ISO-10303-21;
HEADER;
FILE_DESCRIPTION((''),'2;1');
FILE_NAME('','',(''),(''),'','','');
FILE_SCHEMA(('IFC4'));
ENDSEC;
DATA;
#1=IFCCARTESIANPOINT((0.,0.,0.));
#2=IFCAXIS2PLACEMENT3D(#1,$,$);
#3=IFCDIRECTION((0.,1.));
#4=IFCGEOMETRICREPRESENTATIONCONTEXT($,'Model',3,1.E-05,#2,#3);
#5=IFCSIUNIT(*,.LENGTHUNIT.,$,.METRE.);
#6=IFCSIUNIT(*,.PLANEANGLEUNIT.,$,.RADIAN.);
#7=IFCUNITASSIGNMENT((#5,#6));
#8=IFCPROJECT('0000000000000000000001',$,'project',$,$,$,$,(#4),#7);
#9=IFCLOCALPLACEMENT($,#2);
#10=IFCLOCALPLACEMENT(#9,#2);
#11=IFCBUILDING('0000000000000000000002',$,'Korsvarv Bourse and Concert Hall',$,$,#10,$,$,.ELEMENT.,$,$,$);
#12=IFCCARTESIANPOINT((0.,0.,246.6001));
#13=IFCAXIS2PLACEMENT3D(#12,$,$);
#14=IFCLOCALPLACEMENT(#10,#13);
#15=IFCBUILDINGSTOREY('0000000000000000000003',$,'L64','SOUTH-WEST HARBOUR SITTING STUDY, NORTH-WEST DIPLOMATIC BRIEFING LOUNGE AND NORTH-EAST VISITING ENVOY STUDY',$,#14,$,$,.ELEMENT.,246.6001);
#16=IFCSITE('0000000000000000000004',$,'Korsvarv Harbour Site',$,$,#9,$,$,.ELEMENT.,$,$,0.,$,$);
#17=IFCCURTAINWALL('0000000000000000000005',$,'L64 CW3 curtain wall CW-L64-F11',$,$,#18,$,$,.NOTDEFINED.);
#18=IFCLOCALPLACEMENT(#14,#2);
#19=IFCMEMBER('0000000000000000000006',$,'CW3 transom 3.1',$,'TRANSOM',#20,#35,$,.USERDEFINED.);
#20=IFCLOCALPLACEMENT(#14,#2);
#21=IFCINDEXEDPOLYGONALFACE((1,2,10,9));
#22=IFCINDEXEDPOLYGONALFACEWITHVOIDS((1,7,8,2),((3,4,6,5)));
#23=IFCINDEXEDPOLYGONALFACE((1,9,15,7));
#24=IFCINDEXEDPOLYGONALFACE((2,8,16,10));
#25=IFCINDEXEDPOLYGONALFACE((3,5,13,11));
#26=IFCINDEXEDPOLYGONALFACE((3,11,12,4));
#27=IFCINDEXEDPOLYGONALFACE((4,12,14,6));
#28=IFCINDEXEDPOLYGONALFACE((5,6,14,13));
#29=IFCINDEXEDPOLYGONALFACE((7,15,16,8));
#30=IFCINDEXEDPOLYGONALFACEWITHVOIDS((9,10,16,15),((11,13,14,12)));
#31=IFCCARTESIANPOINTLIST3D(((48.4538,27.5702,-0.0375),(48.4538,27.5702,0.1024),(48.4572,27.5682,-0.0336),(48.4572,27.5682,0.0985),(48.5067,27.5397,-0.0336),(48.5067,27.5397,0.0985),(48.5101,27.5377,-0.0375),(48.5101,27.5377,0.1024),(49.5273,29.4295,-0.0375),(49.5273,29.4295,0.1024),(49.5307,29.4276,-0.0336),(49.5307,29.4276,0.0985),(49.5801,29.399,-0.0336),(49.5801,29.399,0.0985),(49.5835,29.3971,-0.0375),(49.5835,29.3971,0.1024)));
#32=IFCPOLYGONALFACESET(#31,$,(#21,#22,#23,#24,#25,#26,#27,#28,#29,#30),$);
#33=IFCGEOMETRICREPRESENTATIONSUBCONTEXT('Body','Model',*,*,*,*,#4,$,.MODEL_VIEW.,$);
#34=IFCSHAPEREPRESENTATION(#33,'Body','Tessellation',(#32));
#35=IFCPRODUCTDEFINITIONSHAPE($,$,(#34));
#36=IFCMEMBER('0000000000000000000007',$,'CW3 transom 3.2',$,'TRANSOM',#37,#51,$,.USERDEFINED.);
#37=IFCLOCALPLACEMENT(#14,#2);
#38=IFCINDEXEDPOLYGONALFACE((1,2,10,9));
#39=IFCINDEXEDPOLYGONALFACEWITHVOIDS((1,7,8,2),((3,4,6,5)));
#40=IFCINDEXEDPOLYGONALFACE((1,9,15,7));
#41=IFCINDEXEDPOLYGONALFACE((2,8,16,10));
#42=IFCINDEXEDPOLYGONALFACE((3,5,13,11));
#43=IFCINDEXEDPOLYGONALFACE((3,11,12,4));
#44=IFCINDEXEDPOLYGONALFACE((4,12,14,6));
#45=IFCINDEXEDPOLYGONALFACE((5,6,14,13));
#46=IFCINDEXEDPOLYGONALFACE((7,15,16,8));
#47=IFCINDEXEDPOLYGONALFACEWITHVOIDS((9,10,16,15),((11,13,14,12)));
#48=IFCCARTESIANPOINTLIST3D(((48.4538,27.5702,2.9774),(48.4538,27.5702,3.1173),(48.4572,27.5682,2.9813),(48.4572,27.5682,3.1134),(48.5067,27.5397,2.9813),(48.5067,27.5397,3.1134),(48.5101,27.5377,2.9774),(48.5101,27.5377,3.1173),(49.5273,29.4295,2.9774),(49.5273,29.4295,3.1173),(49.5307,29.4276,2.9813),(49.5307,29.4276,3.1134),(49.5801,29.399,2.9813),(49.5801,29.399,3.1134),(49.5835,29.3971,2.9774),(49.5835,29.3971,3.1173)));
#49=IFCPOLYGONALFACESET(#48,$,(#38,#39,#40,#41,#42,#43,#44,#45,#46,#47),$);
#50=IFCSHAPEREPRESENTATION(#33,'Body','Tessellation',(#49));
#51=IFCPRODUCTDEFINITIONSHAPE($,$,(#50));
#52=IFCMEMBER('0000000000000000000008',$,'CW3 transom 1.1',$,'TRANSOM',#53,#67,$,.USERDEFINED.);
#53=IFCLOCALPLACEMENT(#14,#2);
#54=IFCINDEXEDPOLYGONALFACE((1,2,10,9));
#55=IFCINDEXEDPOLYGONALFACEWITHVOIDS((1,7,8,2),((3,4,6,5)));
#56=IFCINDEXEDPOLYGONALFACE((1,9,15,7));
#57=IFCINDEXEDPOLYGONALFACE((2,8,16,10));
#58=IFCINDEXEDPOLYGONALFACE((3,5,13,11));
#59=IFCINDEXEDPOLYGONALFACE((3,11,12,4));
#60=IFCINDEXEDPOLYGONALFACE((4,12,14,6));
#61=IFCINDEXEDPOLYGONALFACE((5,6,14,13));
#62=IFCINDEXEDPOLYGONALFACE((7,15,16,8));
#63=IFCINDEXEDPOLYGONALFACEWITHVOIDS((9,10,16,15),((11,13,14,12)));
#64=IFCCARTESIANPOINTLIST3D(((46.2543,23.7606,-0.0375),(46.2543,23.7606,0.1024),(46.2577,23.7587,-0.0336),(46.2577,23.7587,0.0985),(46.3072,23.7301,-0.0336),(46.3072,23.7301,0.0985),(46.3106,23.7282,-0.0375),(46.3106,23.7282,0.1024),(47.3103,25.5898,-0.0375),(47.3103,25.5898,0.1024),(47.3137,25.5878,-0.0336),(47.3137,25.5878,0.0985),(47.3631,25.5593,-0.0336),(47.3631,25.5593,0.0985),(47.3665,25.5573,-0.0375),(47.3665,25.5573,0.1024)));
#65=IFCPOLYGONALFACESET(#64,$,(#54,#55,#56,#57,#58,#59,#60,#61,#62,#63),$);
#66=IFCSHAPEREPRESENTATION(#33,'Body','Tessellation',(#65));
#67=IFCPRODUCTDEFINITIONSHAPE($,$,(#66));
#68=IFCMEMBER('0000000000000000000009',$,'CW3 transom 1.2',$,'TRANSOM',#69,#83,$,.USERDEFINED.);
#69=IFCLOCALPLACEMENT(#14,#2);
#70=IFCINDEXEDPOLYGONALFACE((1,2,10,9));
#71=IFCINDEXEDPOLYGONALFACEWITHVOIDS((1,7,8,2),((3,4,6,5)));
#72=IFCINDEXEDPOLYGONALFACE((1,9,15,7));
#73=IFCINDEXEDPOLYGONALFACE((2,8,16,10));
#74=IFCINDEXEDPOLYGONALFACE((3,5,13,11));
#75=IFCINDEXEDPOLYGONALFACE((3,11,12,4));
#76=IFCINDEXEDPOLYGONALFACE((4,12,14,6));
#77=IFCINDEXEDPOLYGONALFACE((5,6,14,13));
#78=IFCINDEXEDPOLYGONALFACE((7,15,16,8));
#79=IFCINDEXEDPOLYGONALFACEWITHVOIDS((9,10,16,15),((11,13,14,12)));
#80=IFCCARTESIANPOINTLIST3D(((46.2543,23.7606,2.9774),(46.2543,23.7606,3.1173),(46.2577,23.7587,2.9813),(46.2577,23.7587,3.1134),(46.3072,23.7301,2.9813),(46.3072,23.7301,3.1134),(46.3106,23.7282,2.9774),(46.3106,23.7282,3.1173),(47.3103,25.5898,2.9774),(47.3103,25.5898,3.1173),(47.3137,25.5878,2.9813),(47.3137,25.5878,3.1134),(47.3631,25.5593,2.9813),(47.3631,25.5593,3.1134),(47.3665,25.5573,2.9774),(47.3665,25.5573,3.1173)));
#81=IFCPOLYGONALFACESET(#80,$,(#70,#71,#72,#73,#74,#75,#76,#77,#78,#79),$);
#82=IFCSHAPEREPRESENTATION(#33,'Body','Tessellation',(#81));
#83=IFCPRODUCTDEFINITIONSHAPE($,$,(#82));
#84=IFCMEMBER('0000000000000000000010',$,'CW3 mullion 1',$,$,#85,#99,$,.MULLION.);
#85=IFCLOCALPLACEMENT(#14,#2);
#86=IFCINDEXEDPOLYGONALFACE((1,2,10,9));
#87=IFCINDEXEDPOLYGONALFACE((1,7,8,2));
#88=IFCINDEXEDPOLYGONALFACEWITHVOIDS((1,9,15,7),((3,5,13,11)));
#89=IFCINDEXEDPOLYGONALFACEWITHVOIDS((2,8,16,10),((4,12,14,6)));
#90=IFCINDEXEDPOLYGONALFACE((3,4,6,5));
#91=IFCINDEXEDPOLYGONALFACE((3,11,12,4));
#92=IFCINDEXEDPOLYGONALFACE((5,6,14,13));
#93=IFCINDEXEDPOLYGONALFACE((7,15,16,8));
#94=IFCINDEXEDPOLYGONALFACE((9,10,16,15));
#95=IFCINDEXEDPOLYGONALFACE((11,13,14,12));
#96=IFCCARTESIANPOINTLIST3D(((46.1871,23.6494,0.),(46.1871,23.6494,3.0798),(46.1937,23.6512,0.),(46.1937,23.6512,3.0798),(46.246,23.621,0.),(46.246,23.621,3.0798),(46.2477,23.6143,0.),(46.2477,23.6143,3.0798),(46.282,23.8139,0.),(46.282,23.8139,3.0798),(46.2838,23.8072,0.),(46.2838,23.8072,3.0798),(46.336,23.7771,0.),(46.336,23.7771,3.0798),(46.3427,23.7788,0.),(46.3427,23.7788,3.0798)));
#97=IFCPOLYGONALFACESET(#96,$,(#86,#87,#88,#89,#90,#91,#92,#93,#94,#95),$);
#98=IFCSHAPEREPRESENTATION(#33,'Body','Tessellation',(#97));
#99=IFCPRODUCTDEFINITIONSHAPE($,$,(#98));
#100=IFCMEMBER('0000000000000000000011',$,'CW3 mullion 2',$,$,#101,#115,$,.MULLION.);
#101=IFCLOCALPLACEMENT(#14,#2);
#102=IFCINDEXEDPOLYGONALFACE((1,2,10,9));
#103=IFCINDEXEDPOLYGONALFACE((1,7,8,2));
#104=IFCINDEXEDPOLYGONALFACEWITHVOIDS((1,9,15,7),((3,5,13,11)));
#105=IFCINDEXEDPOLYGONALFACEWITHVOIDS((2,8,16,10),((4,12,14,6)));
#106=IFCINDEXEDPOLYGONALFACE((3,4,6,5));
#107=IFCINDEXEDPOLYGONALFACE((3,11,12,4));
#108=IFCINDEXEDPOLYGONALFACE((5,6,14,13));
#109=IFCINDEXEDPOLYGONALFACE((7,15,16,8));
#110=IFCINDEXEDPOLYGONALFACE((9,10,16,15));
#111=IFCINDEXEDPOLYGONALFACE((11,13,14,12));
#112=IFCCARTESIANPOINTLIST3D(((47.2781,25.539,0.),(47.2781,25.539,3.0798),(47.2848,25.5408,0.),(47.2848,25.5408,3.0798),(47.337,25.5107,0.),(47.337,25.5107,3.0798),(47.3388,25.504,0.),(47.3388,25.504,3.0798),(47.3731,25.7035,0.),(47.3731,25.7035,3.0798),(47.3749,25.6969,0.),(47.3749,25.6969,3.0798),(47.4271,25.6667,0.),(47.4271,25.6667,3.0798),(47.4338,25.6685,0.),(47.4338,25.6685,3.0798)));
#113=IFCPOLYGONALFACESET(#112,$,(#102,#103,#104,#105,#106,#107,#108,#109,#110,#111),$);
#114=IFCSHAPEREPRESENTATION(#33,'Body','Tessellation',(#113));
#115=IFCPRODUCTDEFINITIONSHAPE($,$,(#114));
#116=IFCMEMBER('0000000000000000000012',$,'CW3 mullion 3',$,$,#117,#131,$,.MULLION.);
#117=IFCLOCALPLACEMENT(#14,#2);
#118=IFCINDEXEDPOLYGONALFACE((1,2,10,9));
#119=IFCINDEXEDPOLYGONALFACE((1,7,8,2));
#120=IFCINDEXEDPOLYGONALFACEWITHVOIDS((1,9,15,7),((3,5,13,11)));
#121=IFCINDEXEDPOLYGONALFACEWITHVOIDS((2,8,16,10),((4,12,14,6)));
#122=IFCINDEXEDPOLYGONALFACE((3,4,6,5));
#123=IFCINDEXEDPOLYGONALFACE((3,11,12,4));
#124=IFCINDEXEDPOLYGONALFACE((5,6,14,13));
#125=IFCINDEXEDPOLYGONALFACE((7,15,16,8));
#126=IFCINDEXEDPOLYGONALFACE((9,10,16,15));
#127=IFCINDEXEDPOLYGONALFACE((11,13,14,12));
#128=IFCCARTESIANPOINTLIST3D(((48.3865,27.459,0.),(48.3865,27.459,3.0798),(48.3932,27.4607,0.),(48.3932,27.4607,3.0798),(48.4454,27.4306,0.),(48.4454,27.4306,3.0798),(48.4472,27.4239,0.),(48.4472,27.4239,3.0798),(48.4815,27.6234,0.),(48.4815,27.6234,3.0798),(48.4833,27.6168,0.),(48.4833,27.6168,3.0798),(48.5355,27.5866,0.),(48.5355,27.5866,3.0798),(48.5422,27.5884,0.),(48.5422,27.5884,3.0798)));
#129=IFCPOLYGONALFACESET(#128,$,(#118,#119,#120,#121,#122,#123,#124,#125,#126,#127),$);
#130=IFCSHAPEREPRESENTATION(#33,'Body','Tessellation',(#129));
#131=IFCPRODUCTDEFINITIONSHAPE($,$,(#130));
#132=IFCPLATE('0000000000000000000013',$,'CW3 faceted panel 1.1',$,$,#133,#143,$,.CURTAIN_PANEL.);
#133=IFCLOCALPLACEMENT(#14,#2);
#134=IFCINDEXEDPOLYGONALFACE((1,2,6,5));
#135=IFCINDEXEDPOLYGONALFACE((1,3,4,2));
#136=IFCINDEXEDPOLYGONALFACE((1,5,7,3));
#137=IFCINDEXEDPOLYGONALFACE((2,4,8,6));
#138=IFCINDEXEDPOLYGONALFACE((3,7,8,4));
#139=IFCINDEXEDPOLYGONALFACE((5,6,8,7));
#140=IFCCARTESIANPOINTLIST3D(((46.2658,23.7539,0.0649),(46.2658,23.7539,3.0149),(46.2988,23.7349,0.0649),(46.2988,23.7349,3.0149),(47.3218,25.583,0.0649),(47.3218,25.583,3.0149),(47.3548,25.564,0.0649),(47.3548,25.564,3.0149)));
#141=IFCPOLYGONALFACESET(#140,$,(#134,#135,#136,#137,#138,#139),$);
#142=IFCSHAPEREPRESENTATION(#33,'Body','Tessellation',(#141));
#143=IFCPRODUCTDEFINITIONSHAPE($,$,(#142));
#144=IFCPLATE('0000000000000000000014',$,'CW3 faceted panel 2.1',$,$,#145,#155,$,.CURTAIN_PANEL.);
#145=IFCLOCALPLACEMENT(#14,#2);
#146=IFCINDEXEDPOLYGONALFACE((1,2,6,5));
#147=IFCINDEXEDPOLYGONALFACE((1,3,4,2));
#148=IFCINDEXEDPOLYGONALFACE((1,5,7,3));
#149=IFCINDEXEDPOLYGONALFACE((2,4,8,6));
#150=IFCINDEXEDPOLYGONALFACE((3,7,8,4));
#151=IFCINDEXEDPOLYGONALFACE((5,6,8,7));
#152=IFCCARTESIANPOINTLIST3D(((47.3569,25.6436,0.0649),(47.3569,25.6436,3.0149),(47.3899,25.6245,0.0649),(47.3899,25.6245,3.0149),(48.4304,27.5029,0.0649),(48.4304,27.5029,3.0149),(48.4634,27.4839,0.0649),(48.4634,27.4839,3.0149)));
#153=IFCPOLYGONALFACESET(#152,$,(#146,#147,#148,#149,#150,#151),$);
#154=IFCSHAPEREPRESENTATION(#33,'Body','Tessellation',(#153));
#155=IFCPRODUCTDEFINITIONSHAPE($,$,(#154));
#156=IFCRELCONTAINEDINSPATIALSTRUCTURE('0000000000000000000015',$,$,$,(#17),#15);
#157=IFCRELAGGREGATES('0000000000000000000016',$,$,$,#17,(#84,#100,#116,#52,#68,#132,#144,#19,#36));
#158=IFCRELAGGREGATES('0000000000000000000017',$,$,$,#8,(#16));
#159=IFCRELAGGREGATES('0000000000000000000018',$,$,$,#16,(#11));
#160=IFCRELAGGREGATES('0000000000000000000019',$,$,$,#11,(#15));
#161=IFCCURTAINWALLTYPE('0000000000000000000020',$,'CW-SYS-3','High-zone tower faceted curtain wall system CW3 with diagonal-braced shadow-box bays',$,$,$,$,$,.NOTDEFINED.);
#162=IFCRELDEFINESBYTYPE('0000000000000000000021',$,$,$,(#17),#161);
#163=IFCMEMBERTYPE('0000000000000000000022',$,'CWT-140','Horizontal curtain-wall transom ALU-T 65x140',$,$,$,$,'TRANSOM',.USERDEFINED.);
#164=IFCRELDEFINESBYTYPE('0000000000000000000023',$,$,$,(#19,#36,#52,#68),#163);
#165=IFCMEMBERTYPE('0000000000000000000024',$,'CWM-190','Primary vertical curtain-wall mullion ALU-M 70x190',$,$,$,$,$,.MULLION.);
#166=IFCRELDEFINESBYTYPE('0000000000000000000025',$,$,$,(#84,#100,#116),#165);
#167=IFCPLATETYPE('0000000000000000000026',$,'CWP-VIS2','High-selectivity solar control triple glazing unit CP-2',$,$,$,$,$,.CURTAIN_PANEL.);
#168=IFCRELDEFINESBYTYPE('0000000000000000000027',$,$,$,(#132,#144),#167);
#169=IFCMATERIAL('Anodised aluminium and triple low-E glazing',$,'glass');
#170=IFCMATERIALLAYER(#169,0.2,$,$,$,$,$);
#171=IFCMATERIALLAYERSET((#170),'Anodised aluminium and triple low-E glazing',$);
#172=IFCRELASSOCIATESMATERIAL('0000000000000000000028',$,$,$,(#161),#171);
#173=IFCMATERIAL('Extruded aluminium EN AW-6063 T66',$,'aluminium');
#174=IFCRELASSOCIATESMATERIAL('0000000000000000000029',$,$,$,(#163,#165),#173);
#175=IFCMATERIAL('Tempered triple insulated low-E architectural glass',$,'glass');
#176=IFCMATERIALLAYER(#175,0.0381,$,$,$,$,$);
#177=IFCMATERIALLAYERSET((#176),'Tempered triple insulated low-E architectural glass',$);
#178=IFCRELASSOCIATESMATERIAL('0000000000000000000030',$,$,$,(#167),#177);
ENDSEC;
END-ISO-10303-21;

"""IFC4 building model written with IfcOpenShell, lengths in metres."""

from ifc_helpers import new_model, si_unit, direction, frame, origin, origin_2d, place, context, subcontext, project, spatial, rectangle, hollow_rectangle, extrude, source, transform, mapped, material, layer, layer_set, material_profile, profile_set, type_object, element, aggregate, save


model = new_model("IFC4")

# Units and contexts
model_context = context("Model", 3, precision=1e-05, world=origin(), true_north=direction((0.0, 1.0)))
body_context = subcontext(model_context, "Body", "Model", "MODEL_VIEW")
ifc_project = project(units=[si_unit("LENGTHUNIT", "METRE"), si_unit("PLANEANGLEUNIT", "RADIAN")], contexts=[model_context])

# Site, building, storey
site_placement = place(None, origin())
site = spatial("IfcSite", under=ifc_project, at=site_placement, Name="Korsvarv Harbour Site", CompositionType="ELEMENT", RefElevation=0.0)
building_placement = place(site_placement, origin())
building = spatial("IfcBuilding", under=site, at=building_placement, Name="Korsvarv Bourse and Concert Hall", CompositionType="ELEMENT")
storey_placement = place(building_placement, frame((0.0, 0.0, 246.6001)))
storey = spatial("IfcBuildingStorey", under=building, at=storey_placement, Name="L64", Description="SOUTH-WEST HARBOUR SITTING STUDY, NORTH-WEST DIPLOMATIC BRIEFING LOUNGE AND NORTH-EAST VISITING ENVOY STUDY", CompositionType="ELEMENT", Elevation=246.6001)

# Curtain wall, members, plates
ifc_material_1 = material(Name="Anodised aluminium and triple low-E glazing", Category="glass")
ifc_layer_1 = layer(ifc_material_1, 0.2)
ifc_layer_set_1 = layer_set([ifc_layer_1], Name="Anodised aluminium and triple low-E glazing")
curtain_wall_type = type_object("IfcCurtainWallType", Name="CW-SYS-3", Description="High-zone tower faceted curtain wall system CW3 with diagonal-braced shadow-box bays", PredefinedType="NOTDEFINED", material=ifc_layer_set_1)
curtain_wall_placement = place(storey_placement, origin())
curtain_wall = element("IfcCurtainWall", 1, at=curtain_wall_placement, inside=storey, type_object=curtain_wall_type, Name="L64 CW3 curtain wall CW-L64-F11", PredefinedType="NOTDEFINED")
ifc_material_2 = material(Name="Extruded aluminium EN AW-6063 T66", Category="aluminium")
ifc_material_profile_1 = material_profile(ifc_material_2, hollow_rectangle(XDim=0.0649, YDim=0.1399, WallThickness=0.0039, at=origin_2d()), Name="ALU-T 65x140")
ifc_profile_set_1 = profile_set([ifc_material_profile_1], Name="Extruded aluminium EN AW-6063 T66")
member_type_1 = type_object("IfcMemberType", Name="CWT-140", Description="Horizontal curtain-wall transom ALU-T 65x140", ElementType="TRANSOM", PredefinedType="USERDEFINED", material=ifc_profile_set_1)
shared_shape_1 = source(origin(), body_context, "Body", "SweptSolid", [
    extrude(hollow_rectangle(XDim=0.0649, YDim=0.1399, WallThickness=0.0039, at=origin_2d()), origin(), (0.0, 0.0, 1.0), 2.147),
])
member_1_placement = place(storey_placement, frame((48.4819, 27.554, 0.0325), z_axis=(0.499992, 0.86603, 0.0), x_axis=(-0.86603, 0.499992, 0.0)))
member_1 = element("IfcMember", 2, at=member_1_placement, type_object=member_type_1, Name="CW3 transom 3.1", ObjectType="TRANSOM", PredefinedType="USERDEFINED", context=body_context, shape_type="MappedRepresentation", body=[
    mapped(shared_shape_1, transform((0.0, 0.0, 0.0), scale=1.0)),
])
member_2_placement = place(storey_placement, frame((48.4819, 27.554, 3.0474), z_axis=(0.499992, 0.86603, 0.0), x_axis=(-0.86603, 0.499992, 0.0)))
member_2 = element("IfcMember", 3, at=member_2_placement, type_object=member_type_1, Name="CW3 transom 3.2", ObjectType="TRANSOM", PredefinedType="USERDEFINED", context=body_context, shape_type="MappedRepresentation", body=[
    mapped(shared_shape_1, transform((0.0, 0.0, 0.0), scale=1.0)),
])
shared_shape_2 = source(origin(), body_context, "Body", "SweptSolid", [
    extrude(hollow_rectangle(XDim=0.0649, YDim=0.1399, WallThickness=0.0039, at=origin_2d()), origin(), (0.0, 0.0, 1.0), 2.1121),
])
member_3_placement = place(storey_placement, frame((46.2825, 23.7444, 0.0325), z_axis=(0.499956, 0.866051, 0.0), x_axis=(-0.866051, 0.499956, 0.0)))
member_3 = element("IfcMember", 4, at=member_3_placement, type_object=member_type_1, Name="CW3 transom 1.1", ObjectType="TRANSOM", PredefinedType="USERDEFINED", context=body_context, shape_type="MappedRepresentation", body=[
    mapped(shared_shape_2, transform((0.0, 0.0, 0.0), scale=1.0)),
])
member_4_placement = place(storey_placement, frame((46.2825, 23.7444, 3.0474), z_axis=(0.499956, 0.866051, 0.0), x_axis=(-0.866051, 0.499956, 0.0)))
member_4 = element("IfcMember", 5, at=member_4_placement, type_object=member_type_1, Name="CW3 transom 1.2", ObjectType="TRANSOM", PredefinedType="USERDEFINED", context=body_context, shape_type="MappedRepresentation", body=[
    mapped(shared_shape_2, transform((0.0, 0.0, 0.0), scale=1.0)),
])
ifc_material_profile_2 = material_profile(ifc_material_2, hollow_rectangle(XDim=0.0701, YDim=0.1899, WallThickness=0.0049, at=origin_2d()), Name="ALU-M 70x190")
ifc_profile_set_2 = profile_set([ifc_material_profile_2], Name="Extruded aluminium EN AW-6063 T66")
member_type_2 = type_object("IfcMemberType", Name="CWM-190", Description="Primary vertical curtain-wall mullion ALU-M 70x190", PredefinedType="MULLION", material=ifc_profile_set_2)
shared_shape_3 = source(origin(), body_context, "Body", "SweptSolid", [
    extrude(hollow_rectangle(XDim=0.0701, YDim=0.1899, WallThickness=0.0049, at=origin_2d()), origin(), (0.0, 0.0, 1.0), 3.0798),
])
member_5_placement = place(storey_placement, frame((46.2649, 23.7141, 0.0), z_axis=(0.0, 0.0, 1.0), x_axis=(-0.866022, 0.500006, 0.0)))
member_5 = element("IfcMember", 6, at=member_5_placement, type_object=member_type_2, Name="CW3 mullion 1", PredefinedType="MULLION", context=body_context, shape_type="MappedRepresentation", body=[
    mapped(shared_shape_3, transform((0.0, 0.0, 0.0), scale=1.0)),
])
member_6_placement = place(storey_placement, frame((47.356, 25.6038, 0.0), z_axis=(0.0, 0.0, 1.0), x_axis=(-0.866022, 0.500006, 0.0)))
member_6 = element("IfcMember", 7, at=member_6_placement, type_object=member_type_2, Name="CW3 mullion 2", PredefinedType="MULLION", context=body_context, shape_type="MappedRepresentation", body=[
    mapped(shared_shape_3, transform((0.0, 0.0, 0.0), scale=1.0)),
])
member_7_placement = place(storey_placement, frame((48.4644, 27.5237, 0.0), z_axis=(0.0, 0.0, 1.0), x_axis=(-0.866022, 0.500006, 0.0)))
member_7 = element("IfcMember", 8, at=member_7_placement, type_object=member_type_2, Name="CW3 mullion 3", PredefinedType="MULLION", context=body_context, shape_type="MappedRepresentation", body=[
    mapped(shared_shape_3, transform((0.0, 0.0, 0.0), scale=1.0)),
])
ifc_material_3 = material(Name="Tempered triple insulated low-E architectural glass", Category="glass")
ifc_layer_2 = layer(ifc_material_3, 0.0381)
ifc_layer_set_2 = layer_set([ifc_layer_2], Name="Tempered triple insulated low-E architectural glass")
plate_type = type_object("IfcPlateType", Name="CWP-VIS2", Description="High-selectivity solar control triple glazing unit CP-2", PredefinedType="CURTAIN_PANEL", material=ifc_layer_set_2)
shared_shape_4 = source(origin(), body_context, "Body", "SweptSolid", [
    extrude(rectangle(XDim=2.1121, YDim=0.0381, at=origin_2d()), origin(), (0.0, 0.0, 1.0), 2.95),
])
plate_1_placement = place(storey_placement, frame((46.8103, 24.6589, 0.0649), z_axis=(0.0, 0.0, 1.0), x_axis=(0.500006, 0.866022, 0.0)))
plate_1 = element("IfcPlate", 9, at=plate_1_placement, type_object=plate_type, Name="CW3 faceted panel 1.1", PredefinedType="CURTAIN_PANEL", context=body_context, shape_type="MappedRepresentation", body=[
    mapped(shared_shape_4, transform((0.0, 0.0, 0.0), scale=1.0)),
])
shared_shape_5 = source(origin(), body_context, "Body", "SweptSolid", [
    extrude(rectangle(XDim=2.147, YDim=0.0381, at=origin_2d()), origin(), (0.0, 0.0, 1.0), 2.95),
])
plate_2_placement = place(storey_placement, frame((47.9102, 26.5637, 0.0649), z_axis=(0.0, 0.0, 1.0), x_axis=(0.500006, 0.866022, 0.0)))
plate_2 = element("IfcPlate", 10, at=plate_2_placement, type_object=plate_type, Name="CW3 faceted panel 2.1", PredefinedType="CURTAIN_PANEL", context=body_context, shape_type="MappedRepresentation", body=[
    mapped(shared_shape_5, transform((0.0, 0.0, 0.0), scale=1.0)),
])
aggregate(curtain_wall, [member_5, member_6, member_7, member_3, member_4, plate_1, plate_2, member_1, member_2])

save(model, "model.ifc")
